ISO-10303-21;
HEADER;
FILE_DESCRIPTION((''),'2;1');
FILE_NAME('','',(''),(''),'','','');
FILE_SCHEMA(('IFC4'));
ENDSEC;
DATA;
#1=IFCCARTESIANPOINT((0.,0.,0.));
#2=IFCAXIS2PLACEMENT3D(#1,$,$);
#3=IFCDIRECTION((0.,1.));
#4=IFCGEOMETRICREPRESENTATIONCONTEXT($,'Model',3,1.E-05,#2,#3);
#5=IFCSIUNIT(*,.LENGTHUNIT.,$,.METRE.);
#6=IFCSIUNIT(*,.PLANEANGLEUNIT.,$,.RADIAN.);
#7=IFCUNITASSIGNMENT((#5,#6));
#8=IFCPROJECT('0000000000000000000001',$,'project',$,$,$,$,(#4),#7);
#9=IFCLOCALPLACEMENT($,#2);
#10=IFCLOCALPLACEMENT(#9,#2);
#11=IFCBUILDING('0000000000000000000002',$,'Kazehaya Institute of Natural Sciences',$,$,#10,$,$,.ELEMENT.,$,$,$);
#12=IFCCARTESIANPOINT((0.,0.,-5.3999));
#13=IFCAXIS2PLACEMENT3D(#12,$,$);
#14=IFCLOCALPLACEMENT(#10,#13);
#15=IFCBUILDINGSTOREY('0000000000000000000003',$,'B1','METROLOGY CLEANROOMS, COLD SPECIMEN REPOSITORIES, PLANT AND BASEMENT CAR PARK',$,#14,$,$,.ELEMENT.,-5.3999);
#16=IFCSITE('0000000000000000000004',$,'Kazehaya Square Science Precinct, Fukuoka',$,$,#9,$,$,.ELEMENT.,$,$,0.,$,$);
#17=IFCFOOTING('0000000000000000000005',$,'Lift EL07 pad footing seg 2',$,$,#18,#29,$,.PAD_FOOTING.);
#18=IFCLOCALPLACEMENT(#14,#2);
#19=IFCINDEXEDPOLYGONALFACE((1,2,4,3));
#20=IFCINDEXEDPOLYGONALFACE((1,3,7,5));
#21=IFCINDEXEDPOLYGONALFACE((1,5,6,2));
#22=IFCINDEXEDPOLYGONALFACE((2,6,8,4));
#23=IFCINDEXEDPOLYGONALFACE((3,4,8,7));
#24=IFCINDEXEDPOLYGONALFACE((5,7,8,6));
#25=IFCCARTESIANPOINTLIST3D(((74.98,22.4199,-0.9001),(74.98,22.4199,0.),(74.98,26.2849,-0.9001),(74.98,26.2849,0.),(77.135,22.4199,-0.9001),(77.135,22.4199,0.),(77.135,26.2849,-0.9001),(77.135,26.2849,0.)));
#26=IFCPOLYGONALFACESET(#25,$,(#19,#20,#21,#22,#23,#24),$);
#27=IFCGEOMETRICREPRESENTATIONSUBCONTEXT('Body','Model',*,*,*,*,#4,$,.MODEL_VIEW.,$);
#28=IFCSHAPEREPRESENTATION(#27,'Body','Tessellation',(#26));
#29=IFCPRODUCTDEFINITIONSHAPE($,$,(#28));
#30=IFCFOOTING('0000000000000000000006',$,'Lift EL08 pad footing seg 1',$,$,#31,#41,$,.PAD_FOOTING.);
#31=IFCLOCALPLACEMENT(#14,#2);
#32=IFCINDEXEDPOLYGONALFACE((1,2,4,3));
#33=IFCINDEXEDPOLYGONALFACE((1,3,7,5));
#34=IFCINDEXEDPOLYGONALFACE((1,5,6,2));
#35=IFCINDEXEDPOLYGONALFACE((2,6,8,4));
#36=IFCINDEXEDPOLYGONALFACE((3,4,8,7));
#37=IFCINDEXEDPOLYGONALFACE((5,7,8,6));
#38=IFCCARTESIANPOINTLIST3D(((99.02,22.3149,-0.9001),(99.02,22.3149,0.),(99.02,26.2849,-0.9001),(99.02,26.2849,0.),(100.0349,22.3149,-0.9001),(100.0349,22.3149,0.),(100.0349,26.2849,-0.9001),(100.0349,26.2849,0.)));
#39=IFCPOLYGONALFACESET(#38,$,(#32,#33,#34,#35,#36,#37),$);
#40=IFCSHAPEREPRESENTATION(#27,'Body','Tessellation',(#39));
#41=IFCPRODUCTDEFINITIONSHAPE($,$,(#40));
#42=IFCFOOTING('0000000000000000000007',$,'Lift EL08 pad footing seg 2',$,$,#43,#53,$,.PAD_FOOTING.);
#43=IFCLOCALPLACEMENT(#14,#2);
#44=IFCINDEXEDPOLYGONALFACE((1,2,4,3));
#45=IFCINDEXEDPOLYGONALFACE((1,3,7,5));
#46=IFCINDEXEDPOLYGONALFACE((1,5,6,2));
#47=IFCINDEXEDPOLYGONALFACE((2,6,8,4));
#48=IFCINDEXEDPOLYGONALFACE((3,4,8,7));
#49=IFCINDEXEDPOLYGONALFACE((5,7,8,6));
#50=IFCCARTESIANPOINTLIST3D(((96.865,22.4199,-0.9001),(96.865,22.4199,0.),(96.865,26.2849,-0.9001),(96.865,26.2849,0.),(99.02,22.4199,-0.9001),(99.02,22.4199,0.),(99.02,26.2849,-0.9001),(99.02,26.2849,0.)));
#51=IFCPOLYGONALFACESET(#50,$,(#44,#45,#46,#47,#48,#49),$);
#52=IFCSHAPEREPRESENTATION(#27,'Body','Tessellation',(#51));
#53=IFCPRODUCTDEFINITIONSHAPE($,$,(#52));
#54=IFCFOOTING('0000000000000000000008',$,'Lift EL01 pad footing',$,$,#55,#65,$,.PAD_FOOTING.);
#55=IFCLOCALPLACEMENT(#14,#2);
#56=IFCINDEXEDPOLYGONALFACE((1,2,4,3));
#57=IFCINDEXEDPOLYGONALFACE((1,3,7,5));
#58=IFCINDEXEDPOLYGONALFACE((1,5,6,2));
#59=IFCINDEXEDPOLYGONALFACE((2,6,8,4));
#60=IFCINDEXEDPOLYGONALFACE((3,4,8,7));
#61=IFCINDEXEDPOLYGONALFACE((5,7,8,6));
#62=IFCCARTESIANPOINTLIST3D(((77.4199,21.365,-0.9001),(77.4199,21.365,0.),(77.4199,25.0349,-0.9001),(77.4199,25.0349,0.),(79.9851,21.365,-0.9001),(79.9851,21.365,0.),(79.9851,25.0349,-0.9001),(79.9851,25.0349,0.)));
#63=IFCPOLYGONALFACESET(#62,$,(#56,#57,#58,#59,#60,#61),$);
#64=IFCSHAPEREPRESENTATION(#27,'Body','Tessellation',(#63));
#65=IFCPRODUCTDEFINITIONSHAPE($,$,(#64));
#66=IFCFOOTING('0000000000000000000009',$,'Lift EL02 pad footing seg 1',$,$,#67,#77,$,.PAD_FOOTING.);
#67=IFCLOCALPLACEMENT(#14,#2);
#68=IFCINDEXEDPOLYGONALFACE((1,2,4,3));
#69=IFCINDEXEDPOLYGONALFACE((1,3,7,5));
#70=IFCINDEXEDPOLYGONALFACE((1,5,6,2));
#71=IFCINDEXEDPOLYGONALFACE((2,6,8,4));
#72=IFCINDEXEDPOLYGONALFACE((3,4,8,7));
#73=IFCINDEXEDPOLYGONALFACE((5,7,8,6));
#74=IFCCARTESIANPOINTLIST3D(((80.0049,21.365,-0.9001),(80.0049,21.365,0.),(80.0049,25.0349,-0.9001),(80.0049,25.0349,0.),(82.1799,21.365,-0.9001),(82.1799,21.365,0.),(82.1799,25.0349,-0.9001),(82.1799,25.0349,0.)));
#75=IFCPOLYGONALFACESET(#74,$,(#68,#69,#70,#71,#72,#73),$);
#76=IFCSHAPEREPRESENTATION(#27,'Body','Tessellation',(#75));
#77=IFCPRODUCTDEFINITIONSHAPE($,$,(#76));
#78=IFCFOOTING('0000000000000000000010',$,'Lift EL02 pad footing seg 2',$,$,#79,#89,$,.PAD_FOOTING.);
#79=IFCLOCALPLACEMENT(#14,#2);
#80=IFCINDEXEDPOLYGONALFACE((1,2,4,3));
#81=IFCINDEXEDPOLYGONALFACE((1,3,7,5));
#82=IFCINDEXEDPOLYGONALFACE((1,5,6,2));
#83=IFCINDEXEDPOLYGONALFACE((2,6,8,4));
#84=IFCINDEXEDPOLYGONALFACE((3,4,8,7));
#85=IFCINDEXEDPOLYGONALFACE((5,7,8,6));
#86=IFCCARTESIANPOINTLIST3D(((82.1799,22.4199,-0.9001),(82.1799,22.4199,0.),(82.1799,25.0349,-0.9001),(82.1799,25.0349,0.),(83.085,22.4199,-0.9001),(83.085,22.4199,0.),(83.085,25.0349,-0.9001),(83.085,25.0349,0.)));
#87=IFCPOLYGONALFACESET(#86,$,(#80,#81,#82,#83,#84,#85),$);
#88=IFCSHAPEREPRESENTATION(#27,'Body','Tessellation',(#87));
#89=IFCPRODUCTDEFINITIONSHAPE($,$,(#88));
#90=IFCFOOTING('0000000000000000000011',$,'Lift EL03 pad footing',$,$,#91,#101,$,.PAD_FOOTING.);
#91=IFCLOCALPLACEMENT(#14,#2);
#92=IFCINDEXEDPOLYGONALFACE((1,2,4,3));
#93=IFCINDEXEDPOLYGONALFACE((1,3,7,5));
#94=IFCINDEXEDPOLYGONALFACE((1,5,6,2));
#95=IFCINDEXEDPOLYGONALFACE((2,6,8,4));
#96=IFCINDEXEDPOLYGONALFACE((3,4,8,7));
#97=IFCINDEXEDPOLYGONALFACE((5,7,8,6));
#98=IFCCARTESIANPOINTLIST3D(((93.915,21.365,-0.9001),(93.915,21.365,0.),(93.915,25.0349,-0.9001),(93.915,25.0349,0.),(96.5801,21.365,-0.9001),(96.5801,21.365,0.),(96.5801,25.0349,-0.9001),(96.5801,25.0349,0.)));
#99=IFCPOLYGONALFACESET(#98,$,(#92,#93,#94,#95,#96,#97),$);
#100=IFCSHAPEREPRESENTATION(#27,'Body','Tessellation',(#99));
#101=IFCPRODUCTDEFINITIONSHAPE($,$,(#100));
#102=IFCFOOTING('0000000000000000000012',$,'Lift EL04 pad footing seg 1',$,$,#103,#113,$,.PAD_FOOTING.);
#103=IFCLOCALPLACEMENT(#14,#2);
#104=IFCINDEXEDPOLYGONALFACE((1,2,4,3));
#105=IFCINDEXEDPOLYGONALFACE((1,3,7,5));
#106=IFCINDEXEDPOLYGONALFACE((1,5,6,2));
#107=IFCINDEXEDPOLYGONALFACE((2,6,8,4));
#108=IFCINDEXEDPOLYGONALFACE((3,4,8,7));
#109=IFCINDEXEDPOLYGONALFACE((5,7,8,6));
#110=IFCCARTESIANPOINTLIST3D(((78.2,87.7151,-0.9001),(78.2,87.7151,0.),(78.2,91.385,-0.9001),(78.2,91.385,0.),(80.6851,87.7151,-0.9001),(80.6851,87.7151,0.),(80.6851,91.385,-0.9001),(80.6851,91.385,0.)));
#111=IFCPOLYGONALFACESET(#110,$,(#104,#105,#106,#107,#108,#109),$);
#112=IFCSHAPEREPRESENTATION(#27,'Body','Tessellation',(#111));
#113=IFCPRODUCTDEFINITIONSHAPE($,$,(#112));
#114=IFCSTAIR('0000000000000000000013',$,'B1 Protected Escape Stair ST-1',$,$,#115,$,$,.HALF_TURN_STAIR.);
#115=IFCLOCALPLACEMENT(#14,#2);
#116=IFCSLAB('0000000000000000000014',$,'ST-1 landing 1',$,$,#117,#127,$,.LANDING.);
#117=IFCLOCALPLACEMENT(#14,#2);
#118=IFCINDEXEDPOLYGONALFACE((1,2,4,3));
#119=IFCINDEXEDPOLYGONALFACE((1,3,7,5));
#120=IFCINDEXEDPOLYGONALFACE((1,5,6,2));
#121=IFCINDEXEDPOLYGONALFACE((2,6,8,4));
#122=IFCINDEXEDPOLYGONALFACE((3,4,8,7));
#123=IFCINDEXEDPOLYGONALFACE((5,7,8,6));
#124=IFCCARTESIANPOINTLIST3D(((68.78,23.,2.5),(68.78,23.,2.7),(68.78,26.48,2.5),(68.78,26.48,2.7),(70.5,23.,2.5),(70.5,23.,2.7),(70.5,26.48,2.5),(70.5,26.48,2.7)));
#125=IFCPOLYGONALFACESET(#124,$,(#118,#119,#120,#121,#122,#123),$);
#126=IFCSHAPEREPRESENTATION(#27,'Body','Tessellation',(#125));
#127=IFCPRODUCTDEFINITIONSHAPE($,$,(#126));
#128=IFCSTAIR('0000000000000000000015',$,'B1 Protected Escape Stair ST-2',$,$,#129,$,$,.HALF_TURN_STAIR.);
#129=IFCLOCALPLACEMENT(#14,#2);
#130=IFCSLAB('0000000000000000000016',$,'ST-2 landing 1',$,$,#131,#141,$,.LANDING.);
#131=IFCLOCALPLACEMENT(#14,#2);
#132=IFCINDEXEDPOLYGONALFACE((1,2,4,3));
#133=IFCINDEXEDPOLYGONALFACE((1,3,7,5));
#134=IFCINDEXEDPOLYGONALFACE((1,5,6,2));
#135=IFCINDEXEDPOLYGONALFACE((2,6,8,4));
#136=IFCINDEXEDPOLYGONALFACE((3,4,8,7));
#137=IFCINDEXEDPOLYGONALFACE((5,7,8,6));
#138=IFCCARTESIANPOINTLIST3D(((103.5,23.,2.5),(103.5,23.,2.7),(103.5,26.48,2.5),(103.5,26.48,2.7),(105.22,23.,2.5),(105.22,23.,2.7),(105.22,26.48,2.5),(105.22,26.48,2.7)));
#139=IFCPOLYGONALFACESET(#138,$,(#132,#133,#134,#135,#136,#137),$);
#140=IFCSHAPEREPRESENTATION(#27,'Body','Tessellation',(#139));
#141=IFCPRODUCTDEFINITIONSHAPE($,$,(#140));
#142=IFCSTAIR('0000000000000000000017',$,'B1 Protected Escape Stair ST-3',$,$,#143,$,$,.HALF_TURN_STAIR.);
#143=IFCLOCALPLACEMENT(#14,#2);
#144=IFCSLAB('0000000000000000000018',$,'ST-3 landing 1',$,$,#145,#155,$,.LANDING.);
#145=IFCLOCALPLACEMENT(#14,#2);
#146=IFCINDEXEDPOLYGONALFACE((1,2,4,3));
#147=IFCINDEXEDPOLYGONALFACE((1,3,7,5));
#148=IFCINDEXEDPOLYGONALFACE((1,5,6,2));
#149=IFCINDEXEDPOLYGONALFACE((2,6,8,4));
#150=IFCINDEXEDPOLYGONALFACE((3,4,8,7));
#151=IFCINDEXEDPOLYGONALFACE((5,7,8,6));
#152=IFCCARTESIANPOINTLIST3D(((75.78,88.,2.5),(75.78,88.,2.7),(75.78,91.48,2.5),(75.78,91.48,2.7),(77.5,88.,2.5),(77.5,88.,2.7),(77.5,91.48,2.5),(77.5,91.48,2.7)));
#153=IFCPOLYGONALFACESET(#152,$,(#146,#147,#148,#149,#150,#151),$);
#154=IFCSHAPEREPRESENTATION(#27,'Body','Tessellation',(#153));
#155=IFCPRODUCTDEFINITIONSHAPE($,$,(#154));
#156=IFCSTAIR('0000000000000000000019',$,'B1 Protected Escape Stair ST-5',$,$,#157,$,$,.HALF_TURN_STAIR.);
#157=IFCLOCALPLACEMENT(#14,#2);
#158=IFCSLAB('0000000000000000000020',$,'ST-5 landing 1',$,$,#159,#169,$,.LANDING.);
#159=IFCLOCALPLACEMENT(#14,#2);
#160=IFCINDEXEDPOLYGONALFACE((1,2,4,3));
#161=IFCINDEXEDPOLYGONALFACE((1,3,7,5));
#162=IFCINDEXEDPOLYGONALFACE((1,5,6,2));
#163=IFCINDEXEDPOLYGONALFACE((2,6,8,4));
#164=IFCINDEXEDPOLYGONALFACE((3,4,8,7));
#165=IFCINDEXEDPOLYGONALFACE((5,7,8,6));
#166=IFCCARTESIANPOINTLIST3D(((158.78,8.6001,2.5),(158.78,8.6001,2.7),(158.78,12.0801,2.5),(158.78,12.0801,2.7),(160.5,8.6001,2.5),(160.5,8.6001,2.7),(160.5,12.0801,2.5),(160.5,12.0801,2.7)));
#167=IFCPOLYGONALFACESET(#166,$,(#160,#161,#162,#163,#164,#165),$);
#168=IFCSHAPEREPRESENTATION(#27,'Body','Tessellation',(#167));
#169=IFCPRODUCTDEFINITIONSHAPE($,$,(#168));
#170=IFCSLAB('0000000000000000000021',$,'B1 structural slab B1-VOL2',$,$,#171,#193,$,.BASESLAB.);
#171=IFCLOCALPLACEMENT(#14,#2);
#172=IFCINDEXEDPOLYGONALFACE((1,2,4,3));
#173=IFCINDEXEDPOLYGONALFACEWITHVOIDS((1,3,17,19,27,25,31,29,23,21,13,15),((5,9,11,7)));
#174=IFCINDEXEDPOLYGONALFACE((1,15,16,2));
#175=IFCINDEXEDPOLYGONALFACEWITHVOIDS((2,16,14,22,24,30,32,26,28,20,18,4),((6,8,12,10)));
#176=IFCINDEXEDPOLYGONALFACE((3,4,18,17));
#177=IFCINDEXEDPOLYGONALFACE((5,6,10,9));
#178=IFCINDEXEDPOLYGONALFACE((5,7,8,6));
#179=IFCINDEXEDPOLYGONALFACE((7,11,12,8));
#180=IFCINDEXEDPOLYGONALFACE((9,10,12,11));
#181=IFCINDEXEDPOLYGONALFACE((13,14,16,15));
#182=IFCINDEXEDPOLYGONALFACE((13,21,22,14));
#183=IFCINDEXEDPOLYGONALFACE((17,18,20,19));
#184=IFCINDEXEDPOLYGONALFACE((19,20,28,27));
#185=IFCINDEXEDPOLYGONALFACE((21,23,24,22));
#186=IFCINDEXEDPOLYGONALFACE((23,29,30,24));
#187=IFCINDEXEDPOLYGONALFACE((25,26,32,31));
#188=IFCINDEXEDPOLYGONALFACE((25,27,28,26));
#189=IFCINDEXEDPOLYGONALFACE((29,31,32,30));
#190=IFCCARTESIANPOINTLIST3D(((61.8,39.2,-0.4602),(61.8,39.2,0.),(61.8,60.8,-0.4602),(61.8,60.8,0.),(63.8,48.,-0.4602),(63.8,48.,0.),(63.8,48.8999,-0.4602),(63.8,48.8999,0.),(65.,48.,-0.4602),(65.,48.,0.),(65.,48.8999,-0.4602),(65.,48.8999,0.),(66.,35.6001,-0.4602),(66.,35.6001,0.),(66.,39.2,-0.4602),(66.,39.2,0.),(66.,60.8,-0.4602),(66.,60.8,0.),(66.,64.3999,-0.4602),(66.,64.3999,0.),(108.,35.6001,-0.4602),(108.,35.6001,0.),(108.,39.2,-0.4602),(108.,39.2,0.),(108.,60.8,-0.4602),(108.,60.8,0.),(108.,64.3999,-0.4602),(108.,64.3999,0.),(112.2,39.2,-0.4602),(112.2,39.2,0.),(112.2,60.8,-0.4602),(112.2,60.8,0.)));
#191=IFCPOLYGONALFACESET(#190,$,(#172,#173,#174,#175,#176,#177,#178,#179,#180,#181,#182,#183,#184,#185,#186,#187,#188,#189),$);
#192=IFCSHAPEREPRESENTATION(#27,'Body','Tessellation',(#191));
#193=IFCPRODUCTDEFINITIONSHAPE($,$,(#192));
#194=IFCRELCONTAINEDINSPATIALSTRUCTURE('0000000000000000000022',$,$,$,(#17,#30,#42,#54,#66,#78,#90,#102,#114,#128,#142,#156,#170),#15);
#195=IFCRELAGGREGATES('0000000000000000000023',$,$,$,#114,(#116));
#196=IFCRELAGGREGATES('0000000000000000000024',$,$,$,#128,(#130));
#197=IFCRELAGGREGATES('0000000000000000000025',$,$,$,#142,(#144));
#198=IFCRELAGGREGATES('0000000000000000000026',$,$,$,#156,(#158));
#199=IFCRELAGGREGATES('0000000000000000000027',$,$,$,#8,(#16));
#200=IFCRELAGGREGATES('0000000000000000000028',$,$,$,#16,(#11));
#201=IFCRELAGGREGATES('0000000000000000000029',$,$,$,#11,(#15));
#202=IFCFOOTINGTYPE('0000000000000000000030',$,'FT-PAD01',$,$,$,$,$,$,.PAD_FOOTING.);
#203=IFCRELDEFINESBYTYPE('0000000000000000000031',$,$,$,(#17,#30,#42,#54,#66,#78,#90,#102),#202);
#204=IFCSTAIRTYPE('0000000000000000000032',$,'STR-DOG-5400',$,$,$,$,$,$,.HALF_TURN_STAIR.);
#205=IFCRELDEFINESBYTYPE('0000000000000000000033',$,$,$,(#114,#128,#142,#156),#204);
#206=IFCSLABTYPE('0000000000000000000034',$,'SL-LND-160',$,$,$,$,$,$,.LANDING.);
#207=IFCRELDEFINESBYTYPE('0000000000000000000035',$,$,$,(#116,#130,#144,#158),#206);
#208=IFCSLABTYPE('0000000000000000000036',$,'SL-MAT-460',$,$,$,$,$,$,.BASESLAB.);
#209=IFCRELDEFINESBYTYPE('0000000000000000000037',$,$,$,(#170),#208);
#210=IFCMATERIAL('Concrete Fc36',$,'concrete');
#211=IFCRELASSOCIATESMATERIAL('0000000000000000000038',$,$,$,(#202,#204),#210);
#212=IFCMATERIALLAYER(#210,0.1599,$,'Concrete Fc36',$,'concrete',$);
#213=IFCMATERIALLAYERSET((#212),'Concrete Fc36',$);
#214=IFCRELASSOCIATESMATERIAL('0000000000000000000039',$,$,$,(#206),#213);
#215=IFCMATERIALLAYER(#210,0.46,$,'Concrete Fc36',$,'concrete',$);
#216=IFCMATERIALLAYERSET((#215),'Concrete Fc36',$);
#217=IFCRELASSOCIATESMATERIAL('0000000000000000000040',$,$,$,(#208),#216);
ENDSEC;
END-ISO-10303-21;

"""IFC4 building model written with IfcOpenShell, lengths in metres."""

from ifc_helpers import new_model, si_unit, direction, frame, origin, place, context, subcontext, project, spatial, polyline, outline, extrude, material, layer, layer_set, type_object, element, aggregate, save


model = new_model("IFC4")

# Units and contexts
model_context = context("Model", 3, precision=1e-05, world=origin(), true_north=direction((0.0, 1.0)))
body_context = subcontext(model_context, "Body", "Model", "MODEL_VIEW")
ifc_project = project(units=[si_unit("LENGTHUNIT", "METRE"), si_unit("PLANEANGLEUNIT", "RADIAN")], contexts=[model_context])

# Site, building, storey
site_placement = place(None, origin())
site = spatial("IfcSite", under=ifc_project, at=site_placement, Name="Kazehaya Square Science Precinct, Fukuoka", CompositionType="ELEMENT", RefElevation=0.0)
building_placement = place(site_placement, origin())
building = spatial("IfcBuilding", under=site, at=building_placement, Name="Kazehaya Institute of Natural Sciences", CompositionType="ELEMENT")
storey_placement = place(building_placement, frame((0.0, 0.0, -5.3999)))
storey = spatial("IfcBuildingStorey", under=building, at=storey_placement, Name="B1", Description="METROLOGY CLEANROOMS, COLD SPECIMEN REPOSITORIES, PLANT AND BASEMENT CAR PARK", CompositionType="ELEMENT", Elevation=-5.3999)

# Footings
ifc_material = material(Name="Concrete Fc36", Category="concrete")
footing_type = type_object("IfcFootingType", Name="FT-PAD01", PredefinedType="PAD_FOOTING", material=ifc_material)
footing_1_placement = place(storey_placement, frame((0.0, 0.0, -0.9001)))
element("IfcFooting", 1, at=footing_1_placement, inside=storey, type_object=footing_type, Name="Lift EL07 pad footing seg 2", PredefinedType="PAD_FOOTING", context=body_context, shape_type="SweptSolid", body=[
    extrude(outline(polyline([(74.98, 22.4199), (77.135, 22.4199), (77.135, 26.2849), (74.98, 26.2849), (74.98, 22.4199)])), origin(), (0.0, 0.0, 1.0), 0.9001),
])
footing_2_placement = place(storey_placement, frame((0.0, 0.0, -0.9001)))
element("IfcFooting", 2, at=footing_2_placement, inside=storey, type_object=footing_type, Name="Lift EL08 pad footing seg 1", PredefinedType="PAD_FOOTING", context=body_context, shape_type="SweptSolid", body=[
    extrude(outline(polyline([(99.02, 22.3149), (100.0349, 22.3149), (100.0349, 26.2849), (99.02, 26.2849), (99.02, 22.3149)])), origin(), (0.0, 0.0, 1.0), 0.9001),
])
footing_3_placement = place(storey_placement, frame((0.0, 0.0, -0.9001)))
element("IfcFooting", 3, at=footing_3_placement, inside=storey, type_object=footing_type, Name="Lift EL08 pad footing seg 2", PredefinedType="PAD_FOOTING", context=body_context, shape_type="SweptSolid", body=[
    extrude(outline(polyline([(96.865, 22.4199), (99.02, 22.4199), (99.02, 26.2849), (96.865, 26.2849), (96.865, 22.4199)])), origin(), (0.0, 0.0, 1.0), 0.9001),
])
footing_4_placement = place(storey_placement, frame((0.0, 0.0, -0.9001)))
element("IfcFooting", 4, at=footing_4_placement, inside=storey, type_object=footing_type, Name="Lift EL01 pad footing", PredefinedType="PAD_FOOTING", context=body_context, shape_type="SweptSolid", body=[
    extrude(outline(polyline([(77.4199, 21.365), (79.9851, 21.365), (79.9851, 25.0349), (77.4199, 25.0349), (77.4199, 21.365)])), origin(), (0.0, 0.0, 1.0), 0.9001),
])
footing_5_placement = place(storey_placement, frame((0.0, 0.0, -0.9001)))
element("IfcFooting", 5, at=footing_5_placement, inside=storey, type_object=footing_type, Name="Lift EL02 pad footing seg 1", PredefinedType="PAD_FOOTING", context=body_context, shape_type="SweptSolid", body=[
    extrude(outline(polyline([(80.0049, 21.365), (82.1799, 21.365), (82.1799, 25.0349), (80.0049, 25.0349), (80.0049, 21.365)])), origin(), (0.0, 0.0, 1.0), 0.9001),
])
footing_6_placement = place(storey_placement, frame((0.0, 0.0, -0.9001)))
element("IfcFooting", 6, at=footing_6_placement, inside=storey, type_object=footing_type, Name="Lift EL02 pad footing seg 2", PredefinedType="PAD_FOOTING", context=body_context, shape_type="SweptSolid", body=[
    extrude(outline(polyline([(82.1799, 22.4199), (83.085, 22.4199), (83.085, 25.0349), (82.1799, 25.0349), (82.1799, 22.4199)])), origin(), (0.0, 0.0, 1.0), 0.9001),
])
footing_7_placement = place(storey_placement, frame((0.0, 0.0, -0.9001)))
element("IfcFooting", 7, at=footing_7_placement, inside=storey, type_object=footing_type, Name="Lift EL03 pad footing", PredefinedType="PAD_FOOTING", context=body_context, shape_type="SweptSolid", body=[
    extrude(outline(polyline([(93.915, 21.365), (96.5801, 21.365), (96.5801, 25.0349), (93.915, 25.0349), (93.915, 21.365)])), origin(), (0.0, 0.0, 1.0), 0.9001),
])
footing_8_placement = place(storey_placement, frame((0.0, 0.0, -0.9001)))
element("IfcFooting", 8, at=footing_8_placement, inside=storey, type_object=footing_type, Name="Lift EL04 pad footing seg 1", PredefinedType="PAD_FOOTING", context=body_context, shape_type="SweptSolid", body=[
    extrude(outline(polyline([(78.2, 87.7151), (80.6851, 87.7151), (80.6851, 91.385), (78.2, 91.385), (78.2, 87.7151)])), origin(), (0.0, 0.0, 1.0), 0.9001),
])

# Stairs, slabs
stair_type = type_object("IfcStairType", Name="STR-DOG-5400", PredefinedType="HALF_TURN_STAIR", material=ifc_material)
stair_1_placement = place(storey_placement, origin())
stair_1 = element("IfcStair", 9, at=stair_1_placement, inside=storey, type_object=stair_type, Name="B1 Protected Escape Stair ST-1", PredefinedType="HALF_TURN_STAIR")
ifc_layer_1 = layer(ifc_material, 0.1599, Name="Concrete Fc36", Category="concrete")
ifc_layer_set_1 = layer_set([ifc_layer_1], Name="Concrete Fc36")
slab_type_1 = type_object("IfcSlabType", Name="SL-LND-160", PredefinedType="LANDING", material=ifc_layer_set_1)
slab_1_placement = place(storey_placement, frame((0.0, 0.0, 2.5)))
slab_1 = element("IfcSlab", 10, at=slab_1_placement, type_object=slab_type_1, Name="ST-1 landing 1", PredefinedType="LANDING", context=body_context, shape_type="SweptSolid", body=[
    extrude(outline(polyline([(68.78, 23.0), (70.5, 23.0), (70.5, 26.48), (68.78, 26.48), (68.78, 23.0)])), origin(), (0.0, 0.0, 1.0), 0.2),
])
aggregate(stair_1, [slab_1])
stair_2_placement = place(storey_placement, origin())
stair_2 = element("IfcStair", 11, at=stair_2_placement, inside=storey, type_object=stair_type, Name="B1 Protected Escape Stair ST-2", PredefinedType="HALF_TURN_STAIR")
slab_2_placement = place(storey_placement, frame((0.0, 0.0, 2.5)))
slab_2 = element("IfcSlab", 12, at=slab_2_placement, type_object=slab_type_1, Name="ST-2 landing 1", PredefinedType="LANDING", context=body_context, shape_type="SweptSolid", body=[
    extrude(outline(polyline([(105.22, 26.48), (103.5, 26.48), (103.5, 23.0), (105.22, 23.0), (105.22, 26.48)])), origin(), (0.0, 0.0, 1.0), 0.2),
])
aggregate(stair_2, [slab_2])
stair_3_placement = place(storey_placement, origin())
stair_3 = element("IfcStair", 13, at=stair_3_placement, inside=storey, type_object=stair_type, Name="B1 Protected Escape Stair ST-3", PredefinedType="HALF_TURN_STAIR")
slab_3_placement = place(storey_placement, frame((0.0, 0.0, 2.5)))
slab_3 = element("IfcSlab", 14, at=slab_3_placement, type_object=slab_type_1, Name="ST-3 landing 1", PredefinedType="LANDING", context=body_context, shape_type="SweptSolid", body=[
    extrude(outline(polyline([(75.78, 88.0), (77.5, 88.0), (77.5, 91.48), (75.78, 91.48), (75.78, 88.0)])), origin(), (0.0, 0.0, 1.0), 0.2),
])
aggregate(stair_3, [slab_3])
stair_4_placement = place(storey_placement, origin())
stair_4 = element("IfcStair", 15, at=stair_4_placement, inside=storey, type_object=stair_type, Name="B1 Protected Escape Stair ST-5", PredefinedType="HALF_TURN_STAIR")
slab_4_placement = place(storey_placement, frame((0.0, 0.0, 2.5)))
slab_4 = element("IfcSlab", 16, at=slab_4_placement, type_object=slab_type_1, Name="ST-5 landing 1", PredefinedType="LANDING", context=body_context, shape_type="SweptSolid", body=[
    extrude(outline(polyline([(158.78, 8.6001), (160.5, 8.6001), (160.5, 12.0801), (158.78, 12.0801), (158.78, 8.6001)])), origin(), (0.0, 0.0, 1.0), 0.2),
])
aggregate(stair_4, [slab_4])

# Slab
ifc_layer_2 = layer(ifc_material, 0.46, Name="Concrete Fc36", Category="concrete")
ifc_layer_set_2 = layer_set([ifc_layer_2], Name="Concrete Fc36")
slab_type_2 = type_object("IfcSlabType", Name="SL-MAT-460", PredefinedType="BASESLAB", material=ifc_layer_set_2)
slab_5_placement = place(storey_placement, frame((0.0, 0.0, -0.4602)))
element("IfcSlab", 17, at=slab_5_placement, inside=storey, type_object=slab_type_2, Name="B1 structural slab B1-VOL2", PredefinedType="BASESLAB", context=body_context, shape_type="SweptSolid", body=[
    extrude(outline(polyline([(66.0, 35.6001), (108.0, 35.6001), (108.0, 39.2), (112.2, 39.2), (112.2, 60.8), (108.0, 60.8), (108.0, 64.3999), (66.0, 64.3999), (66.0, 60.8), (61.8, 60.8), (61.8, 39.2), (66.0, 39.2), (66.0, 35.6001)]), holes=[polyline([(63.8, 48.0), (65.0, 48.0), (65.0, 48.8999), (63.8, 48.8999), (63.8, 48.0)])]), origin(), (0.0, 0.0, 1.0), 0.4602),
])

save(model, "model.ifc")
